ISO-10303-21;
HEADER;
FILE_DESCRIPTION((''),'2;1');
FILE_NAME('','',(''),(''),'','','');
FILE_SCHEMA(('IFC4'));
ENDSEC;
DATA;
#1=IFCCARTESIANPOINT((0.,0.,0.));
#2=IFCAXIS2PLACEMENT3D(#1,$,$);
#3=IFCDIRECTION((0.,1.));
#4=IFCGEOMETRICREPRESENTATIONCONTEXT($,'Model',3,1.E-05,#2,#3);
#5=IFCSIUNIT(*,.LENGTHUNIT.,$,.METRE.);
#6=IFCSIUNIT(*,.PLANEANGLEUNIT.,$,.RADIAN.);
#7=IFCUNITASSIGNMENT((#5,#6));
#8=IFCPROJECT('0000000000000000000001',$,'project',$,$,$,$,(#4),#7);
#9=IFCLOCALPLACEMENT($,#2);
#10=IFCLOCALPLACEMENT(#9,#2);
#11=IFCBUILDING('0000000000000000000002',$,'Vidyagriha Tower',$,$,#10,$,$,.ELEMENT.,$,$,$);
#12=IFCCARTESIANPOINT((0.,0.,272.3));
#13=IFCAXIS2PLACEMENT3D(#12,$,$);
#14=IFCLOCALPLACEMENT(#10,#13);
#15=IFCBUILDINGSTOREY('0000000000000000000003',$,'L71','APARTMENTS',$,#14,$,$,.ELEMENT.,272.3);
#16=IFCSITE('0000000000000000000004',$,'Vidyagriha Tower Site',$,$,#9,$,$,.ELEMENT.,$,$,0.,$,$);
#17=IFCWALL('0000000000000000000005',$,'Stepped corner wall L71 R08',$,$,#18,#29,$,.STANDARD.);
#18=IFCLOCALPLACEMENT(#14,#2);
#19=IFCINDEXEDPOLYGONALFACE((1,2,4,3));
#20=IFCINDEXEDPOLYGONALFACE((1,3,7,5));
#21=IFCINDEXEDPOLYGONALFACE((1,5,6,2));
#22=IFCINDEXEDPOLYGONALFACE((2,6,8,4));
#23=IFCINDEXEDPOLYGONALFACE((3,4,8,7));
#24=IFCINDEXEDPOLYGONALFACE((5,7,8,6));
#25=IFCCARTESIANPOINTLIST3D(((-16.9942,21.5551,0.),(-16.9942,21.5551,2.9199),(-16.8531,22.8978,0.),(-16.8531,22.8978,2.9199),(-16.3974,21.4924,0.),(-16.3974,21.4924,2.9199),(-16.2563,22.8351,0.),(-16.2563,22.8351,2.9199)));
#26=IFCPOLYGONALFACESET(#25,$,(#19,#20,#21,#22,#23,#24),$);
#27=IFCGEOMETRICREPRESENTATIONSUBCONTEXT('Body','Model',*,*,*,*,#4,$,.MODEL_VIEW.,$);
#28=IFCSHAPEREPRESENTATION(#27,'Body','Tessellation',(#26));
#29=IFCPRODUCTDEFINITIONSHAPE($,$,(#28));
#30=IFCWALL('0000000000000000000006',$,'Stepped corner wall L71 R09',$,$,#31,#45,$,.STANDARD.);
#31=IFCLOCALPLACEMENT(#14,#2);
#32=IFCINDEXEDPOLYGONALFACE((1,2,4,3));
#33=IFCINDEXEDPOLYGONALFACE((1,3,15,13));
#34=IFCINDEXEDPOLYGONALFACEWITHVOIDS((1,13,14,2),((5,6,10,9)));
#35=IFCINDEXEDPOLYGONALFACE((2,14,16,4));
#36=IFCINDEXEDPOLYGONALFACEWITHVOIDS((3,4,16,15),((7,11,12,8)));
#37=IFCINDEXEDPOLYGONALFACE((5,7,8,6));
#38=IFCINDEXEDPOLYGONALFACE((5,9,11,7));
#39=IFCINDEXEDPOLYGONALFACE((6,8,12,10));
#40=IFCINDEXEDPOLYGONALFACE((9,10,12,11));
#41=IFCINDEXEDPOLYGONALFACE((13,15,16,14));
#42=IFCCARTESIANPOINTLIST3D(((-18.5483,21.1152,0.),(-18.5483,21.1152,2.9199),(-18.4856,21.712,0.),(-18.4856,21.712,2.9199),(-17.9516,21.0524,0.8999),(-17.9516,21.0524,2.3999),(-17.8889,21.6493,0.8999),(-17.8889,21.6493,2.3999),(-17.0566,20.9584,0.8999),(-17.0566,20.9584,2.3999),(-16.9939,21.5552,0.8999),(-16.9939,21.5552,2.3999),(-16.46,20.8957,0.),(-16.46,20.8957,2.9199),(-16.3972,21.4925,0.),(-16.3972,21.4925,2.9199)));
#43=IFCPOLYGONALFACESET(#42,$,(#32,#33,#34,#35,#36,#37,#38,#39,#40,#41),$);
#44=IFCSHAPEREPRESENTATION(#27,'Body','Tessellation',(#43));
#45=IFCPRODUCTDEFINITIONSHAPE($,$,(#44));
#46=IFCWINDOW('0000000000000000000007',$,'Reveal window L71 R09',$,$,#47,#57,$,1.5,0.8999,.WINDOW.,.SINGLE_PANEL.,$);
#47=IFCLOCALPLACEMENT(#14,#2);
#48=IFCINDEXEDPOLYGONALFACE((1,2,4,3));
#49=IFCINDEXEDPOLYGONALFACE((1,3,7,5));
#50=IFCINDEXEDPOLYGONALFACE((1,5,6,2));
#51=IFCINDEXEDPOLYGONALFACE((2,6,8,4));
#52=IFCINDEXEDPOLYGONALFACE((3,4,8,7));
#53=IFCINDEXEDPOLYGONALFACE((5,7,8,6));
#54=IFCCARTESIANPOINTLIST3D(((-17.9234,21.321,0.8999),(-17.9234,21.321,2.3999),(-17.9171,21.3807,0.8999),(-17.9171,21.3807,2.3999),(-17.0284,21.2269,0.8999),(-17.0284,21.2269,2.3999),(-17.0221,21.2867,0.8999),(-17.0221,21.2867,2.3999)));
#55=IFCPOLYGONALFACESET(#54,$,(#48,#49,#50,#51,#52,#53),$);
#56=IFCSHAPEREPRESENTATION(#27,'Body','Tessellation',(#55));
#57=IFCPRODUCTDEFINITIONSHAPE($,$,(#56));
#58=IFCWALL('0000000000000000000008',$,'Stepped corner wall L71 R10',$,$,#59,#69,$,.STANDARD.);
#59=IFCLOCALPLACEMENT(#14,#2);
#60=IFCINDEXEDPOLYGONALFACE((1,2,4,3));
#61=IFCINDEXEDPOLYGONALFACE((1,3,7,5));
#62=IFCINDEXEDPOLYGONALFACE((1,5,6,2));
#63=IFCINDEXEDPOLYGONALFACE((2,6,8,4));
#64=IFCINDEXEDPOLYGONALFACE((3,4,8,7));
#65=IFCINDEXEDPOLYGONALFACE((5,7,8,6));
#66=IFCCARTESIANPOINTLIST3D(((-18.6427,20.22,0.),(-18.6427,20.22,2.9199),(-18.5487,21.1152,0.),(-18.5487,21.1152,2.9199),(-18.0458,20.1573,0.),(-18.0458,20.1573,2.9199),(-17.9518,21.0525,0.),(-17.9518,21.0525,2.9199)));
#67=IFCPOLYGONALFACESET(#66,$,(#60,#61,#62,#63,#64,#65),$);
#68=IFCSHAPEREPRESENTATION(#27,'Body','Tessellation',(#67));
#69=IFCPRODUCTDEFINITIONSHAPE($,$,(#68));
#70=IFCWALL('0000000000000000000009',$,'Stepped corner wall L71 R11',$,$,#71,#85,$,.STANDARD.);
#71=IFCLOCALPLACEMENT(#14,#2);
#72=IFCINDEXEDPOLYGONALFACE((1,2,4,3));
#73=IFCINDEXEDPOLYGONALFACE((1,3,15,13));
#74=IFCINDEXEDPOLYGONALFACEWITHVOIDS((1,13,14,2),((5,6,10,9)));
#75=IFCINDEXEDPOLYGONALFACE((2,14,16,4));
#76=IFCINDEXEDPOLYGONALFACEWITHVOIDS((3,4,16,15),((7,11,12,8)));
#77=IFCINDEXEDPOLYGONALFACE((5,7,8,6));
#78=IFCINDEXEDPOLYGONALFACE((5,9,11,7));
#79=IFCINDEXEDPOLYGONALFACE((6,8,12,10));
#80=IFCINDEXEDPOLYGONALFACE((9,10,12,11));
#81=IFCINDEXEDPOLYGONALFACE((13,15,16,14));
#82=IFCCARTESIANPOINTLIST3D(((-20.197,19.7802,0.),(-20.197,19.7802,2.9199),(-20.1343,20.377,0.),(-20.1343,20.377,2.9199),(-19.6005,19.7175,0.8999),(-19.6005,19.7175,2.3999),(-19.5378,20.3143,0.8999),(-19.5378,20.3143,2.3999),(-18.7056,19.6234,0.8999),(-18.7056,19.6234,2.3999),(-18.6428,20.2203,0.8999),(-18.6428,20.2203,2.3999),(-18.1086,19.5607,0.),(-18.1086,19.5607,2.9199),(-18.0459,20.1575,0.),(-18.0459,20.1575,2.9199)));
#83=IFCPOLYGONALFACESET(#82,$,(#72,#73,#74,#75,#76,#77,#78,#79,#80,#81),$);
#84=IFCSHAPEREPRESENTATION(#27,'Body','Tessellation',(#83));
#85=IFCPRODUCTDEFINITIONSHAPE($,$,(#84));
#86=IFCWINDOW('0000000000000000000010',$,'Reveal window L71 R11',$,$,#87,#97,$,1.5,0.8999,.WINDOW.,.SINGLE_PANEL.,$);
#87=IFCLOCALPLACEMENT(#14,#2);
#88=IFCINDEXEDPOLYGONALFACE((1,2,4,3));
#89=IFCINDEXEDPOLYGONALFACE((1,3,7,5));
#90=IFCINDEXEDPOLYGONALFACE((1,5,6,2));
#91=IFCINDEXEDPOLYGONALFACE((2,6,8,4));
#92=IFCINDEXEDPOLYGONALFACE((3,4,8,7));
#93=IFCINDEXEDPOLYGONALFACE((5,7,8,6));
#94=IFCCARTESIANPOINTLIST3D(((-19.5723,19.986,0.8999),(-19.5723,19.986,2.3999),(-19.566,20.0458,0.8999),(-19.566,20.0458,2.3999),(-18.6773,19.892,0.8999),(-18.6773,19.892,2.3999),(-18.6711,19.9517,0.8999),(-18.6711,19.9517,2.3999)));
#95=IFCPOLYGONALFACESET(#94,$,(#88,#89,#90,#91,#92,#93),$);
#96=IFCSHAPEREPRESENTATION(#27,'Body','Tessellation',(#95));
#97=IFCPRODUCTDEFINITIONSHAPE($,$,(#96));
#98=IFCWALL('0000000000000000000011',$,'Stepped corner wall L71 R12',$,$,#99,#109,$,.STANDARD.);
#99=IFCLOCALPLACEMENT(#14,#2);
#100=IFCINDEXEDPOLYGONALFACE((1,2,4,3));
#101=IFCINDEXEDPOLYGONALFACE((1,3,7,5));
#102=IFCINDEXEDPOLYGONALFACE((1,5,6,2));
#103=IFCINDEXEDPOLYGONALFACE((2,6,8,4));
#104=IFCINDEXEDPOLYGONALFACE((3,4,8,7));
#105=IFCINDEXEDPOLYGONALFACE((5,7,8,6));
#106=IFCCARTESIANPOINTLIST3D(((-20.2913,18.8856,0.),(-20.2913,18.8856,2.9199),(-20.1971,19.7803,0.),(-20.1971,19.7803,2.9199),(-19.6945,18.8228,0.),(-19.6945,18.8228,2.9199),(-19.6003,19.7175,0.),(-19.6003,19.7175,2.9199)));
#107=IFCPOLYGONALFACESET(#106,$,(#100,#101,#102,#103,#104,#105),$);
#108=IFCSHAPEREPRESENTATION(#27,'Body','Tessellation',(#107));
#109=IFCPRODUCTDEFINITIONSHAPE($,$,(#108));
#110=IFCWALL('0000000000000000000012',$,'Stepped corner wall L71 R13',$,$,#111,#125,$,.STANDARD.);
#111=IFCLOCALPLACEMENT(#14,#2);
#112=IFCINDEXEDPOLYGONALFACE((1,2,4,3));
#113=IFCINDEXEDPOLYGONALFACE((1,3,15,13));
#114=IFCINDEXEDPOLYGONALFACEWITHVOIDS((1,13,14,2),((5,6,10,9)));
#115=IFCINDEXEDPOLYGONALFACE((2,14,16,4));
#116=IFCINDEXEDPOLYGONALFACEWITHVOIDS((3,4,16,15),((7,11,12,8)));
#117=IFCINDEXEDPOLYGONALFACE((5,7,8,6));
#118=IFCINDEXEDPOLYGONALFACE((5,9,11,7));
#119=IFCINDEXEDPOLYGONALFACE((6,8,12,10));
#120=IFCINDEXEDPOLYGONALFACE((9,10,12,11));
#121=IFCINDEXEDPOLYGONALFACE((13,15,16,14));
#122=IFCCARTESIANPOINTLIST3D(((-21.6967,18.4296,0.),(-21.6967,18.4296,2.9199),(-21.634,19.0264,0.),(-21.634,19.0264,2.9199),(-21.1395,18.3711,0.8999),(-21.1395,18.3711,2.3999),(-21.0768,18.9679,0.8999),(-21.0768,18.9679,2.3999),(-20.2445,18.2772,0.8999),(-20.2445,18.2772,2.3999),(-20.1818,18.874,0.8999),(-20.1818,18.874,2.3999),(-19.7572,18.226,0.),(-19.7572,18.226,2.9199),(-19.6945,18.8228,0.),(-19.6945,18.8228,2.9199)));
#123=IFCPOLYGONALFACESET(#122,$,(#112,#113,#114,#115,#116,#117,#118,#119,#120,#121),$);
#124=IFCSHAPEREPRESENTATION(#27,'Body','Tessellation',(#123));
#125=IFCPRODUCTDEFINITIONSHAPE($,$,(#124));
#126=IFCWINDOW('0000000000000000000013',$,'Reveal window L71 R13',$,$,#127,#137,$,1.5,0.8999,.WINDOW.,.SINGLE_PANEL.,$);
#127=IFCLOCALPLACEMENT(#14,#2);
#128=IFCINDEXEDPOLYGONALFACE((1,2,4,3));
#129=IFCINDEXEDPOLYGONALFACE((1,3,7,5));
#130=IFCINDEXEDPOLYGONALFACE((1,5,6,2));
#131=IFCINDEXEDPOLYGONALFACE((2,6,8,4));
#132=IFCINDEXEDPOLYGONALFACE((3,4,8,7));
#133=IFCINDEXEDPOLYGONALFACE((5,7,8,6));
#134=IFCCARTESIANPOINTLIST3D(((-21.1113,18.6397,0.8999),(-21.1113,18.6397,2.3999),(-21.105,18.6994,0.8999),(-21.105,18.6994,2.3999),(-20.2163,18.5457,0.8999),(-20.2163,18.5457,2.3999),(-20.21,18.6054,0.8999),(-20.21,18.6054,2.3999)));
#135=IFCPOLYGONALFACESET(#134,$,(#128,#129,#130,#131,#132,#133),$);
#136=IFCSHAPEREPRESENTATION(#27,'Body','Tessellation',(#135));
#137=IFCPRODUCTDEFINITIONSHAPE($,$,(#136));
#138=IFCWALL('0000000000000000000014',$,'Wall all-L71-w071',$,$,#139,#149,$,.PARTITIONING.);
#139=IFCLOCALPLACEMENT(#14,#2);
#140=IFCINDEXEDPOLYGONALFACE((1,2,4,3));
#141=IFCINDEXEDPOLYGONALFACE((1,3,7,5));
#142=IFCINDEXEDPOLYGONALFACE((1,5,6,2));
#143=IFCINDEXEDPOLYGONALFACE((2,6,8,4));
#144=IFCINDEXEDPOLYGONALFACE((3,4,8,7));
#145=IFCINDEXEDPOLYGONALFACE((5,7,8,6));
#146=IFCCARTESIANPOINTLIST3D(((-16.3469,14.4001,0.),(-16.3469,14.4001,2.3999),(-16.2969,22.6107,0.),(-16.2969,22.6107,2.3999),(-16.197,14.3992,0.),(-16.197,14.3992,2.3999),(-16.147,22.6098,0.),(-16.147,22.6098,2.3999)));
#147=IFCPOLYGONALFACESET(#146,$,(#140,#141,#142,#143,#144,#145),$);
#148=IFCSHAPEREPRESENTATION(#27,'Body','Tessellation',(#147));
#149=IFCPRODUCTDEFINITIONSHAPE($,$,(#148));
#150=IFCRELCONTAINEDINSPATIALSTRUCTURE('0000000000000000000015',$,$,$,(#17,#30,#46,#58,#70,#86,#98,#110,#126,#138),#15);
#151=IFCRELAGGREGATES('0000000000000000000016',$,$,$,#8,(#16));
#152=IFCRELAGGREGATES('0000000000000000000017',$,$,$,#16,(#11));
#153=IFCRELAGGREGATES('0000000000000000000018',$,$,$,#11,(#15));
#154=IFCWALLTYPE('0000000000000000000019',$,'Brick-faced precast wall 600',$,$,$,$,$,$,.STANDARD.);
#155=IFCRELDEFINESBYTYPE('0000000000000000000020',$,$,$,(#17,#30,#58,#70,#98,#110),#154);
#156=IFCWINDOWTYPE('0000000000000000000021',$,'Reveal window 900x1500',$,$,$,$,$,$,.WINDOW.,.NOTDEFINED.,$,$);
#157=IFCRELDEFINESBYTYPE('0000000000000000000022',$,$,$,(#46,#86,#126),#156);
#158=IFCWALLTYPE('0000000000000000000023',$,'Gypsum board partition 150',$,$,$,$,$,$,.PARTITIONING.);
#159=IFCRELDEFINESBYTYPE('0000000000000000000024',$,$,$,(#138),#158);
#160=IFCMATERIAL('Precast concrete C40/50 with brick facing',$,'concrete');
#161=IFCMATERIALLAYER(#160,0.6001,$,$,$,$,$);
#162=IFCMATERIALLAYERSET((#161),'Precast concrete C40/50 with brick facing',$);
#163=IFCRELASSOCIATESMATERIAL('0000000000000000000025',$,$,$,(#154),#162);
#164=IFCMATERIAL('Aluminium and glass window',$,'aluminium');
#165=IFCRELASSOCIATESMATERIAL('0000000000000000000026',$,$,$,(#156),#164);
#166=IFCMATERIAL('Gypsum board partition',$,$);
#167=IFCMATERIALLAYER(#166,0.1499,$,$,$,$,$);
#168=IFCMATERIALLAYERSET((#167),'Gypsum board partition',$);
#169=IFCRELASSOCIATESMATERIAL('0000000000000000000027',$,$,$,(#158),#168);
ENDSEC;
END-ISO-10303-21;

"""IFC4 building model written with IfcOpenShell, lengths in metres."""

from ifc_helpers import new_model, si_unit, direction, frame, frame_2d, origin, place, context, subcontext, project, spatial, rectangle, extrude, material, layer, layer_set, type_object, element, fill, save


model = new_model("IFC4")

# Units and contexts
model_context = context("Model", 3, precision=1e-05, world=origin(), true_north=direction((0.0, 1.0)))
body_context = subcontext(model_context, "Body", "Model", "MODEL_VIEW")
ifc_project = project(units=[si_unit("LENGTHUNIT", "METRE"), si_unit("PLANEANGLEUNIT", "RADIAN")], contexts=[model_context])

# Site, building, storey
site_placement = place(None, origin())
site = spatial("IfcSite", under=ifc_project, at=site_placement, Name="Vidyagriha Tower Site", CompositionType="ELEMENT", RefElevation=0.0)
building_placement = place(site_placement, origin())
building = spatial("IfcBuilding", under=site, at=building_placement, Name="Vidyagriha Tower", CompositionType="ELEMENT")
storey_placement = place(building_placement, frame((0.0, 0.0, 272.3)))
storey = spatial("IfcBuildingStorey", under=building, at=storey_placement, Name="L71", Description="APARTMENTS", CompositionType="ELEMENT", Elevation=272.3)

# Wall
ifc_material_1 = material(Name="Precast concrete C40/50 with brick facing", Category="concrete")
ifc_layer_1 = layer(ifc_material_1, 0.6001)
ifc_layer_set_1 = layer_set([ifc_layer_1], Name="Precast concrete C40/50 with brick facing")
wall_type_1 = type_object("IfcWallType", Name="Brick-faced precast wall 600", PredefinedType="STANDARD", material=ifc_layer_set_1)
wall_1_placement = place(storey_placement, frame((-16.5547, 22.8665, 0.0), z_axis=(0.0, 0.0, 1.0), x_axis=(-0.104515, -0.994523, 0.0)))
element("IfcWall", 1, at=wall_1_placement, inside=storey, type_object=wall_type_1, Name="Stepped corner wall L71 R08", PredefinedType="STANDARD", context=body_context, shape_type="SweptSolid", body=[
    extrude(rectangle(XDim=1.3501, YDim=0.6001, at=frame_2d((0.675, 0.0))), origin(), (0.0, 0.0, 1.0), 2.9199),
])

# Wall, opening, window
wall_2_placement = place(storey_placement, frame((-16.4287, 21.1941, 0.0), z_axis=(0.0, 0.0, 1.0), x_axis=(-0.994523, 0.104521, 0.0)))
wall_2 = element("IfcWall", 2, at=wall_2_placement, inside=storey, type_object=wall_type_1, Name="Stepped corner wall L71 R09", PredefinedType="STANDARD", context=body_context, shape_type="SweptSolid", body=[
    extrude(rectangle(XDim=2.0999, YDim=0.6001, at=frame_2d((1.0498, 0.0))), origin(), (0.0, 0.0, 1.0), 2.9199),
])
opening_1_placement = place(wall_2_placement, frame((0.5999, 0.0, 0.8999)))
opening_1 = element("IfcOpeningElement", 3, at=opening_1_placement, cuts=wall_2, PredefinedType="OPENING", context=body_context, shape_type="SweptSolid", body=[
    extrude(rectangle(XDim=0.8999, YDim=1.5, at=frame_2d((0.45, 0.75))), frame((0.0, 0.3101, 0.0), z_axis=(0.0, -1.0, 0.0), x_axis=(1.0, 0.0, 0.0)), (0.0, 0.0, 1.0), 0.6201),
])
ifc_material_2 = material(Name="Aluminium and glass window", Category="aluminium")
window_type = type_object("IfcWindowType", Name="Reveal window 900x1500", PartitioningType="NOTDEFINED", PredefinedType="WINDOW", material=ifc_material_2)
window_1_placement = place(opening_1_placement, origin())
window_1 = element("IfcWindow", 4, at=window_1_placement, inside=storey, type_object=window_type, Name="Reveal window L71 R09", OverallHeight=1.5, OverallWidth=0.8999, PartitioningType="SINGLE_PANEL", PredefinedType="WINDOW", context=body_context, shape_type="SweptSolid", body=[
    extrude(rectangle(XDim=0.8999, YDim=1.5, at=frame_2d((0.45, 0.75))), frame((0.0, 0.03, 0.0), z_axis=(0.0, -1.0, 0.0), x_axis=(1.0, 0.0, 0.0)), (0.0, 0.0, 1.0), 0.0601),
])
fill(opening_1, window_1)

# Wall
wall_3_placement = place(storey_placement, frame((-18.2502, 21.084, 0.0), z_axis=(0.0, 0.0, 1.0), x_axis=(-0.104417, -0.994534, 0.0)))
element("IfcWall", 5, at=wall_3_placement, inside=storey, type_object=wall_type_1, Name="Stepped corner wall L71 R10", PredefinedType="STANDARD", context=body_context, shape_type="SweptSolid", body=[
    extrude(rectangle(XDim=0.9001, YDim=0.6001, at=frame_2d((0.4502, 0.0))), origin(), (0.0, 0.0, 1.0), 2.9199),
])

# Wall, opening, window
wall_4_placement = place(storey_placement, frame((-18.0774, 19.8591, 0.0), z_axis=(0.0, 0.0, 1.0), x_axis=(-0.994523, 0.104521, 0.0)))
wall_4 = element("IfcWall", 6, at=wall_4_placement, inside=storey, type_object=wall_type_1, Name="Stepped corner wall L71 R11", PredefinedType="STANDARD", context=body_context, shape_type="SweptSolid", body=[
    extrude(rectangle(XDim=2.0999, YDim=0.6001, at=frame_2d((1.0498, 0.0))), origin(), (0.0, 0.0, 1.0), 2.9199),
])
opening_2_placement = place(wall_4_placement, frame((0.6001, 0.0, 0.8999)))
opening_2 = element("IfcOpeningElement", 7, at=opening_2_placement, cuts=wall_4, PredefinedType="OPENING", context=body_context, shape_type="SweptSolid", body=[
    extrude(rectangle(XDim=0.8999, YDim=1.5, at=frame_2d((0.45, 0.75))), frame((0.0, 0.3101, 0.0), z_axis=(0.0, -1.0, 0.0), x_axis=(1.0, 0.0, 0.0)), (0.0, 0.0, 1.0), 0.6201),
])
window_2_placement = place(opening_2_placement, origin())
window_2 = element("IfcWindow", 8, at=window_2_placement, inside=storey, type_object=window_type, Name="Reveal window L71 R11", OverallHeight=1.5, OverallWidth=0.8999, PartitioningType="SINGLE_PANEL", PredefinedType="WINDOW", context=body_context, shape_type="SweptSolid", body=[
    extrude(rectangle(XDim=0.8999, YDim=1.5, at=frame_2d((0.45, 0.75))), frame((0.0, 0.03, 0.0), z_axis=(0.0, -1.0, 0.0), x_axis=(1.0, 0.0, 0.0)), (0.0, 0.0, 1.0), 0.0601),
])
fill(opening_2, window_2)

# Wall
wall_5_placement = place(storey_placement, frame((-19.8987, 19.7488, 0.0), z_axis=(0.0, 0.0, 1.0), x_axis=(-0.104741, -0.9945, 0.0)))
element("IfcWall", 9, at=wall_5_placement, inside=storey, type_object=wall_type_1, Name="Stepped corner wall L71 R12", PredefinedType="STANDARD", context=body_context, shape_type="SweptSolid", body=[
    extrude(rectangle(XDim=0.8997, YDim=0.6001, at=frame_2d((0.4497, 0.0))), origin(), (0.0, 0.0, 1.0), 2.9199),
])

# Wall, opening, window
wall_6_placement = place(storey_placement, frame((-19.7258, 18.5244, 0.0), z_axis=(0.0, 0.0, 1.0), x_axis=(-0.994534, 0.104411, 0.0)))
wall_6 = element("IfcWall", 10, at=wall_6_placement, inside=storey, type_object=wall_type_1, Name="Stepped corner wall L71 R13", PredefinedType="STANDARD", context=body_context, shape_type="SweptSolid", body=[
    extrude(rectangle(XDim=1.9502, YDim=0.6001, at=frame_2d((0.9751, 0.0))), origin(), (0.0, 0.0, 1.0), 2.9199),
])
opening_3_placement = place(wall_6_placement, frame((0.49, 0.0, 0.8999)))
opening_3 = element("IfcOpeningElement", 11, at=opening_3_placement, cuts=wall_6, PredefinedType="OPENING", context=body_context, shape_type="SweptSolid", body=[
    extrude(rectangle(XDim=0.8999, YDim=1.5, at=frame_2d((0.45, 0.75))), frame((0.0, 0.3101, 0.0), z_axis=(0.0, -1.0, 0.0), x_axis=(1.0, 0.0, 0.0)), (0.0, 0.0, 1.0), 0.6201),
])
window_3_placement = place(opening_3_placement, origin())
window_3 = element("IfcWindow", 12, at=window_3_placement, inside=storey, type_object=window_type, Name="Reveal window L71 R13", OverallHeight=1.5, OverallWidth=0.8999, PartitioningType="SINGLE_PANEL", PredefinedType="WINDOW", context=body_context, shape_type="SweptSolid", body=[
    extrude(rectangle(XDim=0.8999, YDim=1.5, at=frame_2d((0.45, 0.75))), frame((0.0, 0.03, 0.0), z_axis=(0.0, -1.0, 0.0), x_axis=(1.0, 0.0, 0.0)), (0.0, 0.0, 1.0), 0.0601),
])
fill(opening_3, window_3)

# Wall
ifc_material_3 = material(Name="Gypsum board partition")
ifc_layer_2 = layer(ifc_material_3, 0.1499)
ifc_layer_set_2 = layer_set([ifc_layer_2], Name="Gypsum board partition")
wall_type_2 = type_object("IfcWallType", Name="Gypsum board partition 150", PredefinedType="PARTITIONING", material=ifc_layer_set_2)
wall_7_placement = place(storey_placement, frame((-16.2219, 22.6104, 0.0), z_axis=(0.0, 0.0, 1.0), x_axis=(-0.006096, -0.999981, 0.0)))
element("IfcWall", 13, at=wall_7_placement, inside=storey, type_object=wall_type_2, Name="Wall all-L71-w071", PredefinedType="PARTITIONING", context=body_context, shape_type="SweptSolid", body=[
    extrude(rectangle(XDim=8.2107, YDim=0.1499, at=frame_2d((4.1055, 0.0))), origin(), (0.0, 0.0, 1.0), 2.3999),
])

save(model, "model.ifc")
